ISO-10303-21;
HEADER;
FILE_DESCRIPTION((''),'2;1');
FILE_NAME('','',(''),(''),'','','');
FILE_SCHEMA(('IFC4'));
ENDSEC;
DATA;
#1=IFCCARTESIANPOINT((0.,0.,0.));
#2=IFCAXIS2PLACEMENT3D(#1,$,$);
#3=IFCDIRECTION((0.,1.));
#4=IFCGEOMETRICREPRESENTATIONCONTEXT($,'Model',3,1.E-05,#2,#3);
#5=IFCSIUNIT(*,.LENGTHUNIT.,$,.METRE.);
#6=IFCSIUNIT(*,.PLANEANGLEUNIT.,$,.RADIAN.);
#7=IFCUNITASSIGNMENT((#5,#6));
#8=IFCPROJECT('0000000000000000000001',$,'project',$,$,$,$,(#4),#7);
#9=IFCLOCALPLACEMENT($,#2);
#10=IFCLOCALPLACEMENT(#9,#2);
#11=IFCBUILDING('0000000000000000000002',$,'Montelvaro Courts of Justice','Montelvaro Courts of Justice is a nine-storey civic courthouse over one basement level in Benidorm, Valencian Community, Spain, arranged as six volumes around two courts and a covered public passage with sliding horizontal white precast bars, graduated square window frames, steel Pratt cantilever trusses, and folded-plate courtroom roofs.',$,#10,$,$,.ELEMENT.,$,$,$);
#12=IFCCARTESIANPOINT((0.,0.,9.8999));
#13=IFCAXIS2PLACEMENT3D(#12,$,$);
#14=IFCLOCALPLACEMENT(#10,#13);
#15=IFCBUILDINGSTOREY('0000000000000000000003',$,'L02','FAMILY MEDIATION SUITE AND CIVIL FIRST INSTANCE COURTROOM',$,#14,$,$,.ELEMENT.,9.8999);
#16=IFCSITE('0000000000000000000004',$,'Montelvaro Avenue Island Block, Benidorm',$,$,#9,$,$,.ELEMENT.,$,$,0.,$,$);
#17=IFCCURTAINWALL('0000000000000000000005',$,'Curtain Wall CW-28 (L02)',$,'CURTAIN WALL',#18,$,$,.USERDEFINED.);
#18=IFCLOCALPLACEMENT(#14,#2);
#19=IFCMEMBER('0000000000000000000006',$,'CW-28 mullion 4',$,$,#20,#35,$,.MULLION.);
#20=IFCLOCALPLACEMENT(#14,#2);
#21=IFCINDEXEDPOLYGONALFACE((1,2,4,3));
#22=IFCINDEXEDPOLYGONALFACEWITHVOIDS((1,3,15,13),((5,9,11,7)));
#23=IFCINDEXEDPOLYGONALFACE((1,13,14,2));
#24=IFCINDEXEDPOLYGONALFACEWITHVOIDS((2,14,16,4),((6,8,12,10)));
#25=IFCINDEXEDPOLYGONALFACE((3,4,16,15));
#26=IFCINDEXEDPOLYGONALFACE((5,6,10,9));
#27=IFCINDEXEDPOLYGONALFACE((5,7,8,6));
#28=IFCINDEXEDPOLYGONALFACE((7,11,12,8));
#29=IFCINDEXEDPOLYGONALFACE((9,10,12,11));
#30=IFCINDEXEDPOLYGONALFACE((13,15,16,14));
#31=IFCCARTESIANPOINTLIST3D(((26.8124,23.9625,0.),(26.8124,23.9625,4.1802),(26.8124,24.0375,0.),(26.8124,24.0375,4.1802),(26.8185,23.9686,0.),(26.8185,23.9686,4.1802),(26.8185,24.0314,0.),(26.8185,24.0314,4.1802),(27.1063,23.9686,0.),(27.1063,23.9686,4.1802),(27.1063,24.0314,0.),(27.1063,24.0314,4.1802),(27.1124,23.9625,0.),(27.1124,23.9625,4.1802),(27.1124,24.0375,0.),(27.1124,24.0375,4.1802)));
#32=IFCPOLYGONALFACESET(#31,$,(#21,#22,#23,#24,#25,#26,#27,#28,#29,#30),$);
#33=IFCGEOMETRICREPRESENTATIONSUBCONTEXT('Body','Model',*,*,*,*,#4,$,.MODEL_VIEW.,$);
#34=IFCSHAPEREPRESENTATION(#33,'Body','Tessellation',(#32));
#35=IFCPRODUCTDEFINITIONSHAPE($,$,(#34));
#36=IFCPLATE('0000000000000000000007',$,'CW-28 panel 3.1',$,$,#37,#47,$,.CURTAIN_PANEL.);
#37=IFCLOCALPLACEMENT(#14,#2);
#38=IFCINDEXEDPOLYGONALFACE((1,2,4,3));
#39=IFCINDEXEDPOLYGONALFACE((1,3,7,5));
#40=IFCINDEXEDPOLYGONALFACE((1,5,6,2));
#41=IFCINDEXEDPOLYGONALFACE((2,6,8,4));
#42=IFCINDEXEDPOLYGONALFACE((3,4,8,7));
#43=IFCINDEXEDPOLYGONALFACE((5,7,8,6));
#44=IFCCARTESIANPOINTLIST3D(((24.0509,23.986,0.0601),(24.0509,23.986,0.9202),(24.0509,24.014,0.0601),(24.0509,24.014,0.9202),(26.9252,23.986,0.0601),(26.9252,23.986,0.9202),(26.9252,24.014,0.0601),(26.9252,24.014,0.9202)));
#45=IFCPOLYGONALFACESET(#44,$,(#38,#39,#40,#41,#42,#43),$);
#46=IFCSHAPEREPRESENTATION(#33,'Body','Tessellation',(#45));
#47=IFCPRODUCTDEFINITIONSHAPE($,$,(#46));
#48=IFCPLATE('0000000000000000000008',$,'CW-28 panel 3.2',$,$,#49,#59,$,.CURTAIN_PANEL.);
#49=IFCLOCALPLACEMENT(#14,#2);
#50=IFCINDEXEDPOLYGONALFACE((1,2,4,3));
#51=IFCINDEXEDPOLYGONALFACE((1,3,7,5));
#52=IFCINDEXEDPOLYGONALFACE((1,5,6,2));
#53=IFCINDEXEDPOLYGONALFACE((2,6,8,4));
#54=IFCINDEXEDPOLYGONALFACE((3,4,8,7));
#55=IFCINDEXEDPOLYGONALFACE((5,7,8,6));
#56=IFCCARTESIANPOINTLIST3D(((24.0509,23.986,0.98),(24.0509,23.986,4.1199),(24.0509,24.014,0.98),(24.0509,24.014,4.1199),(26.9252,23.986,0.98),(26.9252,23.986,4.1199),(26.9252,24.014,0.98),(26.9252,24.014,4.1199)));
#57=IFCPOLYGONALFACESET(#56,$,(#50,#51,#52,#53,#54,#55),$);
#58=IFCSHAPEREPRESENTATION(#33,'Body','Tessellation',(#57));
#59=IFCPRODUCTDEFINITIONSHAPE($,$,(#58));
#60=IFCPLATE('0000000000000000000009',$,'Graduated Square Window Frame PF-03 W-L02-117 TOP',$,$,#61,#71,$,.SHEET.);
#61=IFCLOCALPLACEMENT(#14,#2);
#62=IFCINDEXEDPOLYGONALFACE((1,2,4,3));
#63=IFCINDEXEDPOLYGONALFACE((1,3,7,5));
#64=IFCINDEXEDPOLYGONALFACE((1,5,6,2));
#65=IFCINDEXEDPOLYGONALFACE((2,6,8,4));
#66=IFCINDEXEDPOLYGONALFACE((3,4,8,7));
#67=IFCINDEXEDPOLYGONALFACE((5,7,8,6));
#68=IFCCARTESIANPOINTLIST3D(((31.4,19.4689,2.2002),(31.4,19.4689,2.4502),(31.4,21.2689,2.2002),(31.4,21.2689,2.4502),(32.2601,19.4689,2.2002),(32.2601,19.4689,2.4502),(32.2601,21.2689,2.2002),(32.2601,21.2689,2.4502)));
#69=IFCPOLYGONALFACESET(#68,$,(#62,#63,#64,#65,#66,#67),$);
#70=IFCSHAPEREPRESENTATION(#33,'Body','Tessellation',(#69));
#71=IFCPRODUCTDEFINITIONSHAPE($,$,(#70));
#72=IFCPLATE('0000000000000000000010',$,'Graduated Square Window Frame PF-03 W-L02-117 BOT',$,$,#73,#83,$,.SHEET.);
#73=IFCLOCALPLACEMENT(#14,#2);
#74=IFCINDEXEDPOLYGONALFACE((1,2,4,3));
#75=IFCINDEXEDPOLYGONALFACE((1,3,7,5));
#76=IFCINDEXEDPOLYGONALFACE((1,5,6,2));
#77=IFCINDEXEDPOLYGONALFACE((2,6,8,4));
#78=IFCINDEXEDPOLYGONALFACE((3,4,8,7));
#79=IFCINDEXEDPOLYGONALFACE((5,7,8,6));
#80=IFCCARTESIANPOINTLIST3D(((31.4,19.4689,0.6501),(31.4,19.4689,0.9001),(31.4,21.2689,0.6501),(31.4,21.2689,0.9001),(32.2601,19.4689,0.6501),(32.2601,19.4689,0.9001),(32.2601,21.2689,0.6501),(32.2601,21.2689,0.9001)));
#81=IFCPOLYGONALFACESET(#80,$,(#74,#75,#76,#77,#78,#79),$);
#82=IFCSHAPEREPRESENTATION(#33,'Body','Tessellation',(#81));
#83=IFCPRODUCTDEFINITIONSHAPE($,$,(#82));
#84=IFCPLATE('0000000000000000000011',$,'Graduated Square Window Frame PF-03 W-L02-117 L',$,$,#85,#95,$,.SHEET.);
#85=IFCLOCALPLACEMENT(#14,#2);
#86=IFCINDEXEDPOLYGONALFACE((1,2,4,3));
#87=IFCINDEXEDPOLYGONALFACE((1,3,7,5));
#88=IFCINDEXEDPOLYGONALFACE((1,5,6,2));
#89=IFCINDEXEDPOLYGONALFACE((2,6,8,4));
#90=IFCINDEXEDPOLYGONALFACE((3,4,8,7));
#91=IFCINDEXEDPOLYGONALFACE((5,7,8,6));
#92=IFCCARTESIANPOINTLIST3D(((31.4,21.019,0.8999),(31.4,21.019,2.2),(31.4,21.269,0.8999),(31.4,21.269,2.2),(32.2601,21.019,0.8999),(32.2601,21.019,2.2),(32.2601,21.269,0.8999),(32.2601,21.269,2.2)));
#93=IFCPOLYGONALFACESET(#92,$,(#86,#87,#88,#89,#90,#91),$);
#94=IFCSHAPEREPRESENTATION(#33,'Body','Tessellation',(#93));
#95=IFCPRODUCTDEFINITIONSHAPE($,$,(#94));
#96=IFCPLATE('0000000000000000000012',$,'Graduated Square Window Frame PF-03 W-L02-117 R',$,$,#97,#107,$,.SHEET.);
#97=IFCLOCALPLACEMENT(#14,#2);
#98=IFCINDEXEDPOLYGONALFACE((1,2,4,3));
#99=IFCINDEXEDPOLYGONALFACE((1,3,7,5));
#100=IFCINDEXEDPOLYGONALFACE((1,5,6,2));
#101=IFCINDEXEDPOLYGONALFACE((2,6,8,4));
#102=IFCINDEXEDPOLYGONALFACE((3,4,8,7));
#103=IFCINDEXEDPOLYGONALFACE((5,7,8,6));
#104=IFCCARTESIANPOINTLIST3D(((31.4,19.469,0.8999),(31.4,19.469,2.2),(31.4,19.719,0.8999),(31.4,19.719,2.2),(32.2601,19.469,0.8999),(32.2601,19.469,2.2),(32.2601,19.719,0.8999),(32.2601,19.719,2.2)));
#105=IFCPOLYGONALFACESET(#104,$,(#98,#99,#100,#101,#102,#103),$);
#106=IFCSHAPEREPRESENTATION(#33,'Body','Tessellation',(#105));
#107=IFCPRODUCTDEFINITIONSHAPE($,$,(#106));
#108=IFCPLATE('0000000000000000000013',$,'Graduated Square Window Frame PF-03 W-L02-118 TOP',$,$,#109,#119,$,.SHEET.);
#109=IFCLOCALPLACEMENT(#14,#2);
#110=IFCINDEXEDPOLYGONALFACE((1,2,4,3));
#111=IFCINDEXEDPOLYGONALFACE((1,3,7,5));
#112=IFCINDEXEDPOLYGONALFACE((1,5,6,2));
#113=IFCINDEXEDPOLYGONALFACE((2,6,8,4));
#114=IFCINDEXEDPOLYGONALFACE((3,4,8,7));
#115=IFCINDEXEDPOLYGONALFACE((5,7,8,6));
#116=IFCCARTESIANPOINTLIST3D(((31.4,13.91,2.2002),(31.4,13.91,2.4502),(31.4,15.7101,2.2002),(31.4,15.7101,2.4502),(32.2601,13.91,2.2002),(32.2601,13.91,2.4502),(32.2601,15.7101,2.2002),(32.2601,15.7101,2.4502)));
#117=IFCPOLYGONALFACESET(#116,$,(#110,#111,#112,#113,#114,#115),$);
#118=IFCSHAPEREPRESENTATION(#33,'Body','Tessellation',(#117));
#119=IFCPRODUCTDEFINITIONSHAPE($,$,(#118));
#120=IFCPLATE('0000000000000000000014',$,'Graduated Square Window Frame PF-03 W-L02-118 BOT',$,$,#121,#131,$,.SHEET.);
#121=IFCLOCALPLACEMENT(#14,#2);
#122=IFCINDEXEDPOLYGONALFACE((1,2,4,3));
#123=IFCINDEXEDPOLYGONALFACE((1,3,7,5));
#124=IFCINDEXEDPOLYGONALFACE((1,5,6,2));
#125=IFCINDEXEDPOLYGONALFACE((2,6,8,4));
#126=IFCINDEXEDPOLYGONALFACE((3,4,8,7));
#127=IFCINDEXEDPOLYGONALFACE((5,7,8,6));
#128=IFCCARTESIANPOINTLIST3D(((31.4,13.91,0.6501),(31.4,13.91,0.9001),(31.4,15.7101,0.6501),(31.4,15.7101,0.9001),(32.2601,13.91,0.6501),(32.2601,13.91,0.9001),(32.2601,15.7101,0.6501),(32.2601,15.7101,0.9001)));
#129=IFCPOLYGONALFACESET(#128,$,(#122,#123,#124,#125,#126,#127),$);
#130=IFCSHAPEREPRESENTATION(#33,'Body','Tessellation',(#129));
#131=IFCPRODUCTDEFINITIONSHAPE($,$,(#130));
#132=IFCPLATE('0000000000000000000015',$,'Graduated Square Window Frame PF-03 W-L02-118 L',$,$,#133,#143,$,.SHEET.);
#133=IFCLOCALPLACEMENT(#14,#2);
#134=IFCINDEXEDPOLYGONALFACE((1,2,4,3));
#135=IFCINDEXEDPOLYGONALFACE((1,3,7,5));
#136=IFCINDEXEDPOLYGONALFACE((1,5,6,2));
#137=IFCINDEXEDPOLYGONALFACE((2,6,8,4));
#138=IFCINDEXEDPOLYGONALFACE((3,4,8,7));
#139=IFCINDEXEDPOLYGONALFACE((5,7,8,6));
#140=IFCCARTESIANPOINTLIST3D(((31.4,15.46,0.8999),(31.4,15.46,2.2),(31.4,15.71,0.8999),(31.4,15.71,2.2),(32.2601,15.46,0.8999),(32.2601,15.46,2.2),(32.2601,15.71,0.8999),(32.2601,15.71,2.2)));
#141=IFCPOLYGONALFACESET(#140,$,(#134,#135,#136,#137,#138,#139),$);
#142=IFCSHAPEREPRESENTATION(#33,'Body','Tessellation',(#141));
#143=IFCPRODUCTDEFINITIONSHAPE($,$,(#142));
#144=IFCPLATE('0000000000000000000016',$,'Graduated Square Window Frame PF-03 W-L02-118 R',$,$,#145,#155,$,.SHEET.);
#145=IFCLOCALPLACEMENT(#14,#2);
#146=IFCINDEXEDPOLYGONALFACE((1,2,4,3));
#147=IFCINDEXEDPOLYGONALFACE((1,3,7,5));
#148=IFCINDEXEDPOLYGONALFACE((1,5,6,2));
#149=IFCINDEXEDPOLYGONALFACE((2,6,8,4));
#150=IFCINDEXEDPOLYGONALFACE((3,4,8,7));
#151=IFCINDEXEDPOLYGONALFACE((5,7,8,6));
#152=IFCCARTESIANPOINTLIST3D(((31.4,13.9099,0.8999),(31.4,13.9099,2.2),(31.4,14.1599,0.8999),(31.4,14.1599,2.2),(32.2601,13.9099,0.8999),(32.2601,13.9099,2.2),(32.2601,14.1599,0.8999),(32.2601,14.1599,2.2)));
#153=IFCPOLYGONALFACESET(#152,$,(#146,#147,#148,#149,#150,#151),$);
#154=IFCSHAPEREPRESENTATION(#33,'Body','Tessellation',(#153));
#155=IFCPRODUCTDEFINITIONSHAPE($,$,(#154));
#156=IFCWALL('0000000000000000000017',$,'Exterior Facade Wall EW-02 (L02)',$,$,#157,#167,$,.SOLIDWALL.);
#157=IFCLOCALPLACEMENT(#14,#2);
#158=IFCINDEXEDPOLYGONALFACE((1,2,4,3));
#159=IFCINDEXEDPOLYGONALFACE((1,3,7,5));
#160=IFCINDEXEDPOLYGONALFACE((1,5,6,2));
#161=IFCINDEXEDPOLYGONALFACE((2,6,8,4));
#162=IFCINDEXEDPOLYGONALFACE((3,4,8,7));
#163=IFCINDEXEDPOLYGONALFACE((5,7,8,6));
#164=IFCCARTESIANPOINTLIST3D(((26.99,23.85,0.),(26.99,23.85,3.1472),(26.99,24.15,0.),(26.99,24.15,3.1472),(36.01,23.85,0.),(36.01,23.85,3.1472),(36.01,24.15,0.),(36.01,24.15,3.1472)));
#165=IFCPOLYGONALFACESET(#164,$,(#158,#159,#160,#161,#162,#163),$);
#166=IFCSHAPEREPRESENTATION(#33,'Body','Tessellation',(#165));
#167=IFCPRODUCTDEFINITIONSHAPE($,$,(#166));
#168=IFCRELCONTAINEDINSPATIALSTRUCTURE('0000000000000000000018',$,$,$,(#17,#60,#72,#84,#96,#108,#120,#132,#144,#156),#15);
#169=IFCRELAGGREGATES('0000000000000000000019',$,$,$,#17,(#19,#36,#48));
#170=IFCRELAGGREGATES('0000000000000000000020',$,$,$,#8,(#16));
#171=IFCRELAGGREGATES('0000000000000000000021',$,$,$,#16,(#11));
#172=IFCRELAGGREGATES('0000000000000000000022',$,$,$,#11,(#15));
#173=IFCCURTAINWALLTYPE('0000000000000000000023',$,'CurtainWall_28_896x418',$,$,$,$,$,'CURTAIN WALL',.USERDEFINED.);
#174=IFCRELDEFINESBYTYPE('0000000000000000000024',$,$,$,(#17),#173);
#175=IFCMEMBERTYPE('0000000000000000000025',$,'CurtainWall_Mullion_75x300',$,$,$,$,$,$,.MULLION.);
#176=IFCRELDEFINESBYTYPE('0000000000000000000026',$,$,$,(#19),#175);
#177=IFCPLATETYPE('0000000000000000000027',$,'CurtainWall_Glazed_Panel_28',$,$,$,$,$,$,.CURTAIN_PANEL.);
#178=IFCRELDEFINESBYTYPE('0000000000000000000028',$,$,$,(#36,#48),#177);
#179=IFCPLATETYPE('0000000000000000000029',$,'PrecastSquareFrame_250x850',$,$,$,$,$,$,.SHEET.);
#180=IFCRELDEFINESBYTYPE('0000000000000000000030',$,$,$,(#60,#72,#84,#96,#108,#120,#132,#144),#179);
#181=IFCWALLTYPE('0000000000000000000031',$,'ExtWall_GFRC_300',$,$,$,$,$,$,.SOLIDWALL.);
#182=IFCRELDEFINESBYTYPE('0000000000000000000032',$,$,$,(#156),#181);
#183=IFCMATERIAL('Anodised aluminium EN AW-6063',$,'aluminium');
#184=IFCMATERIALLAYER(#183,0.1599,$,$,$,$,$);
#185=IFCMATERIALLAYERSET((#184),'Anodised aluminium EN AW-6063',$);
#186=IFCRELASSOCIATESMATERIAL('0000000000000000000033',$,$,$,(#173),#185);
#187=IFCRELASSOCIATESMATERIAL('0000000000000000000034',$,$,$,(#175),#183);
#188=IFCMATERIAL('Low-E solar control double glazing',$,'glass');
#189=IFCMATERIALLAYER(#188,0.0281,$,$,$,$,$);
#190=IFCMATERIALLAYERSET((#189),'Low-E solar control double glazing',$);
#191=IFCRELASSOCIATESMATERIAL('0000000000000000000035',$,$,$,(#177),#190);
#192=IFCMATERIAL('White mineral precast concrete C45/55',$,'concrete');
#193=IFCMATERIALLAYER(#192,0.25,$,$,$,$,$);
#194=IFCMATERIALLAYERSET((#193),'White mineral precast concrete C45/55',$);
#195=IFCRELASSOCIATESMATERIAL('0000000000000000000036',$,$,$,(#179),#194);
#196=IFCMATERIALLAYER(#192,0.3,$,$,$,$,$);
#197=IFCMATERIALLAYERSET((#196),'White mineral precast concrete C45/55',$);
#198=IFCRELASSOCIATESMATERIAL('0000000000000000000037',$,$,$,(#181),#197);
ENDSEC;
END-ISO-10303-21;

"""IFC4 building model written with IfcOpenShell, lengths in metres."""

from ifc_helpers import new_model, si_unit, direction, frame, frame_2d, origin, origin_2d, place, context, subcontext, project, spatial, rectangle, hollow_rectangle, extrude, material, layer, layer_set, material_profile, profile_set, type_object, element, aggregate, save


model = new_model("IFC4")

# Units and contexts
model_context = context("Model", 3, precision=1e-05, world=origin(), true_north=direction((0.0, 1.0)))
body_context = subcontext(model_context, "Body", "Model", "MODEL_VIEW")
ifc_project = project(units=[si_unit("LENGTHUNIT", "METRE"), si_unit("PLANEANGLEUNIT", "RADIAN")], contexts=[model_context])

# Site, building, storey
site_placement = place(None, origin())
site = spatial("IfcSite", under=ifc_project, at=site_placement, Name="Montelvaro Avenue Island Block, Benidorm", CompositionType="ELEMENT", RefElevation=0.0)
building_placement = place(site_placement, origin())
building = spatial("IfcBuilding", under=site, at=building_placement, Name="Montelvaro Courts of Justice", Description="Montelvaro Courts of Justice is a nine-storey civic courthouse over one basement level in Benidorm, Valencian Community, Spain, arranged as six volumes around two courts and a covered public passage with sliding horizontal white precast bars, graduated square window frames, steel Pratt cantilever trusses, and folded-plate courtroom roofs.", CompositionType="ELEMENT")
storey_placement = place(building_placement, frame((0.0, 0.0, 9.8999)))
storey = spatial("IfcBuildingStorey", under=building, at=storey_placement, Name="L02", Description="FAMILY MEDIATION SUITE AND CIVIL FIRST INSTANCE COURTROOM", CompositionType="ELEMENT", Elevation=9.8999)

# Curtain wall, member, plates
ifc_material_1 = material(Name="Anodised aluminium EN AW-6063", Category="aluminium")
ifc_layer_1 = layer(ifc_material_1, 0.1599)
ifc_layer_set_1 = layer_set([ifc_layer_1], Name="Anodised aluminium EN AW-6063")
curtain_wall_type = type_object("IfcCurtainWallType", Name="CurtainWall_28_896x418", ElementType="CURTAIN WALL", PredefinedType="USERDEFINED", material=ifc_layer_set_1)
curtain_wall_placement = place(storey_placement, origin())
curtain_wall = element("IfcCurtainWall", 1, at=curtain_wall_placement, inside=storey, type_object=curtain_wall_type, Name="Curtain Wall CW-28 (L02)", ObjectType="CURTAIN WALL", PredefinedType="USERDEFINED")
ifc_material_profile = material_profile(ifc_material_1, hollow_rectangle(XDim=0.075, YDim=0.3, WallThickness=0.0061, at=origin_2d()), Name="ALU-M 75x300")
ifc_profile_set = profile_set([ifc_material_profile], Name="Anodised aluminium EN AW-6063")
member_type = type_object("IfcMemberType", Name="CurtainWall_Mullion_75x300", PredefinedType="MULLION", material=ifc_profile_set)
member_placement = place(storey_placement, frame((26.9624, 24.0, 0.0), z_axis=(0.0, 0.0, 1.0), x_axis=(0.0, 1.0, 0.0)))
member = element("IfcMember", 2, at=member_placement, type_object=member_type, Name="CW-28 mullion 4", PredefinedType="MULLION", context=body_context, shape_type="SweptSolid", body=[
    extrude(hollow_rectangle(XDim=0.075, YDim=0.3, WallThickness=0.0061, at=origin_2d()), origin(), (0.0, 0.0, 1.0), 4.1802),
])
ifc_material_2 = material(Name="Low-E solar control double glazing", Category="glass")
ifc_layer_2 = layer(ifc_material_2, 0.0281)
ifc_layer_set_2 = layer_set([ifc_layer_2], Name="Low-E solar control double glazing")
plate_type_1 = type_object("IfcPlateType", Name="CurtainWall_Glazed_Panel_28", PredefinedType="CURTAIN_PANEL", material=ifc_layer_set_2)
plate_1_placement = place(storey_placement, frame((25.488, 24.0, 0.0601), z_axis=(0.0, 0.0, 1.0), x_axis=(1.0, 0.0, 0.0)))
plate_1 = element("IfcPlate", 3, at=plate_1_placement, type_object=plate_type_1, Name="CW-28 panel 3.1", PredefinedType="CURTAIN_PANEL", context=body_context, shape_type="SweptSolid", body=[
    extrude(rectangle(XDim=2.8743, YDim=0.0281, at=origin_2d()), origin(), (0.0, 0.0, 1.0), 0.8601),
])
plate_2_placement = place(storey_placement, frame((25.488, 24.0, 0.98), z_axis=(0.0, 0.0, 1.0), x_axis=(1.0, 0.0, 0.0)))
plate_2 = element("IfcPlate", 4, at=plate_2_placement, type_object=plate_type_1, Name="CW-28 panel 3.2", PredefinedType="CURTAIN_PANEL", context=body_context, shape_type="SweptSolid", body=[
    extrude(rectangle(XDim=2.8743, YDim=0.0281, at=origin_2d()), origin(), (0.0, 0.0, 1.0), 3.1399),
])
aggregate(curtain_wall, [member, plate_1, plate_2])

# Plates
ifc_material_3 = material(Name="White mineral precast concrete C45/55", Category="concrete")
ifc_layer_3 = layer(ifc_material_3, 0.25)
ifc_layer_set_3 = layer_set([ifc_layer_3], Name="White mineral precast concrete C45/55")
plate_type_2 = type_object("IfcPlateType", Name="PrecastSquareFrame_250x850", PredefinedType="SHEET", material=ifc_layer_set_3)
for number, where, z_axis, x_axis, name in (
    (5, (31.8301, 20.3689, 2.2002), (0.0, 0.0, 1.0), (0.0, -1.0, 0.0), "Graduated Square Window Frame PF-03 W-L02-117 TOP"),
    (6, (31.8301, 20.3689, 0.6501), (0.0, 0.0, 1.0), (0.0, -1.0, 0.0), "Graduated Square Window Frame PF-03 W-L02-117 BOT"),
):
    element("IfcPlate", number, at=place(storey_placement, frame(where, z_axis=z_axis, x_axis=x_axis)), inside=storey, type_object=plate_type_2, Name=name, PredefinedType="SHEET", context=body_context, shape_type="SweptSolid", body=[
        extrude(rectangle(XDim=1.8, YDim=0.8601, at=origin_2d()), origin(), (0.0, 0.0, 1.0), 0.25),
    ])
for number, where, z_axis, x_axis, name in (
    (7, (31.8301, 21.144, 0.8999), (0.0, 0.0, 1.0), (0.0, -1.0, 0.0), "Graduated Square Window Frame PF-03 W-L02-117 L"),
    (8, (31.8301, 19.594, 0.8999), (0.0, 0.0, 1.0), (0.0, -1.0, 0.0), "Graduated Square Window Frame PF-03 W-L02-117 R"),
):
    element("IfcPlate", number, at=place(storey_placement, frame(where, z_axis=z_axis, x_axis=x_axis)), inside=storey, type_object=plate_type_2, Name=name, PredefinedType="SHEET", context=body_context, shape_type="SweptSolid", body=[
        extrude(rectangle(XDim=0.25, YDim=0.8601, at=origin_2d()), origin(), (0.0, 0.0, 1.0), 1.3),
    ])
for number, where, z_axis, x_axis, name in (
    (9, (31.8301, 14.8101, 2.2002), (0.0, 0.0, 1.0), (0.0, -1.0, 0.0), "Graduated Square Window Frame PF-03 W-L02-118 TOP"),
    (10, (31.8301, 14.8101, 0.6501), (0.0, 0.0, 1.0), (0.0, -1.0, 0.0), "Graduated Square Window Frame PF-03 W-L02-118 BOT"),
):
    element("IfcPlate", number, at=place(storey_placement, frame(where, z_axis=z_axis, x_axis=x_axis)), inside=storey, type_object=plate_type_2, Name=name, PredefinedType="SHEET", context=body_context, shape_type="SweptSolid", body=[
        extrude(rectangle(XDim=1.8, YDim=0.8601, at=origin_2d()), origin(), (0.0, 0.0, 1.0), 0.25),
    ])
for number, where, z_axis, x_axis, name in (
    (11, (31.8301, 15.585, 0.8999), (0.0, 0.0, 1.0), (0.0, -1.0, 0.0), "Graduated Square Window Frame PF-03 W-L02-118 L"),
    (12, (31.8301, 14.0349, 0.8999), (0.0, 0.0, 1.0), (0.0, -1.0, 0.0), "Graduated Square Window Frame PF-03 W-L02-118 R"),
):
    element("IfcPlate", number, at=place(storey_placement, frame(where, z_axis=z_axis, x_axis=x_axis)), inside=storey, type_object=plate_type_2, Name=name, PredefinedType="SHEET", context=body_context, shape_type="SweptSolid", body=[
        extrude(rectangle(XDim=0.25, YDim=0.8601, at=origin_2d()), origin(), (0.0, 0.0, 1.0), 1.3),
    ])

# Wall
ifc_layer_4 = layer(ifc_material_3, 0.3)
ifc_layer_set_4 = layer_set([ifc_layer_4], Name="White mineral precast concrete C45/55")
wall_type = type_object("IfcWallType", Name="ExtWall_GFRC_300", PredefinedType="SOLIDWALL", material=ifc_layer_set_4)
wall_1_placement = place(storey_placement, frame((26.99, 24.0, 0.0), z_axis=(0.0, 0.0, 1.0), x_axis=(1.0, 0.0, 0.0)))
element("IfcWall", 13, at=wall_1_placement, inside=storey, type_object=wall_type, Name="Exterior Facade Wall EW-02 (L02)", PredefinedType="SOLIDWALL", context=body_context, shape_type="SweptSolid", body=[
    extrude(rectangle(XDim=9.02, YDim=0.3, at=frame_2d((4.51, 0.0))), origin(), (0.0, 0.0, 1.0), 3.1472),
])

save(model, "model.ifc")
